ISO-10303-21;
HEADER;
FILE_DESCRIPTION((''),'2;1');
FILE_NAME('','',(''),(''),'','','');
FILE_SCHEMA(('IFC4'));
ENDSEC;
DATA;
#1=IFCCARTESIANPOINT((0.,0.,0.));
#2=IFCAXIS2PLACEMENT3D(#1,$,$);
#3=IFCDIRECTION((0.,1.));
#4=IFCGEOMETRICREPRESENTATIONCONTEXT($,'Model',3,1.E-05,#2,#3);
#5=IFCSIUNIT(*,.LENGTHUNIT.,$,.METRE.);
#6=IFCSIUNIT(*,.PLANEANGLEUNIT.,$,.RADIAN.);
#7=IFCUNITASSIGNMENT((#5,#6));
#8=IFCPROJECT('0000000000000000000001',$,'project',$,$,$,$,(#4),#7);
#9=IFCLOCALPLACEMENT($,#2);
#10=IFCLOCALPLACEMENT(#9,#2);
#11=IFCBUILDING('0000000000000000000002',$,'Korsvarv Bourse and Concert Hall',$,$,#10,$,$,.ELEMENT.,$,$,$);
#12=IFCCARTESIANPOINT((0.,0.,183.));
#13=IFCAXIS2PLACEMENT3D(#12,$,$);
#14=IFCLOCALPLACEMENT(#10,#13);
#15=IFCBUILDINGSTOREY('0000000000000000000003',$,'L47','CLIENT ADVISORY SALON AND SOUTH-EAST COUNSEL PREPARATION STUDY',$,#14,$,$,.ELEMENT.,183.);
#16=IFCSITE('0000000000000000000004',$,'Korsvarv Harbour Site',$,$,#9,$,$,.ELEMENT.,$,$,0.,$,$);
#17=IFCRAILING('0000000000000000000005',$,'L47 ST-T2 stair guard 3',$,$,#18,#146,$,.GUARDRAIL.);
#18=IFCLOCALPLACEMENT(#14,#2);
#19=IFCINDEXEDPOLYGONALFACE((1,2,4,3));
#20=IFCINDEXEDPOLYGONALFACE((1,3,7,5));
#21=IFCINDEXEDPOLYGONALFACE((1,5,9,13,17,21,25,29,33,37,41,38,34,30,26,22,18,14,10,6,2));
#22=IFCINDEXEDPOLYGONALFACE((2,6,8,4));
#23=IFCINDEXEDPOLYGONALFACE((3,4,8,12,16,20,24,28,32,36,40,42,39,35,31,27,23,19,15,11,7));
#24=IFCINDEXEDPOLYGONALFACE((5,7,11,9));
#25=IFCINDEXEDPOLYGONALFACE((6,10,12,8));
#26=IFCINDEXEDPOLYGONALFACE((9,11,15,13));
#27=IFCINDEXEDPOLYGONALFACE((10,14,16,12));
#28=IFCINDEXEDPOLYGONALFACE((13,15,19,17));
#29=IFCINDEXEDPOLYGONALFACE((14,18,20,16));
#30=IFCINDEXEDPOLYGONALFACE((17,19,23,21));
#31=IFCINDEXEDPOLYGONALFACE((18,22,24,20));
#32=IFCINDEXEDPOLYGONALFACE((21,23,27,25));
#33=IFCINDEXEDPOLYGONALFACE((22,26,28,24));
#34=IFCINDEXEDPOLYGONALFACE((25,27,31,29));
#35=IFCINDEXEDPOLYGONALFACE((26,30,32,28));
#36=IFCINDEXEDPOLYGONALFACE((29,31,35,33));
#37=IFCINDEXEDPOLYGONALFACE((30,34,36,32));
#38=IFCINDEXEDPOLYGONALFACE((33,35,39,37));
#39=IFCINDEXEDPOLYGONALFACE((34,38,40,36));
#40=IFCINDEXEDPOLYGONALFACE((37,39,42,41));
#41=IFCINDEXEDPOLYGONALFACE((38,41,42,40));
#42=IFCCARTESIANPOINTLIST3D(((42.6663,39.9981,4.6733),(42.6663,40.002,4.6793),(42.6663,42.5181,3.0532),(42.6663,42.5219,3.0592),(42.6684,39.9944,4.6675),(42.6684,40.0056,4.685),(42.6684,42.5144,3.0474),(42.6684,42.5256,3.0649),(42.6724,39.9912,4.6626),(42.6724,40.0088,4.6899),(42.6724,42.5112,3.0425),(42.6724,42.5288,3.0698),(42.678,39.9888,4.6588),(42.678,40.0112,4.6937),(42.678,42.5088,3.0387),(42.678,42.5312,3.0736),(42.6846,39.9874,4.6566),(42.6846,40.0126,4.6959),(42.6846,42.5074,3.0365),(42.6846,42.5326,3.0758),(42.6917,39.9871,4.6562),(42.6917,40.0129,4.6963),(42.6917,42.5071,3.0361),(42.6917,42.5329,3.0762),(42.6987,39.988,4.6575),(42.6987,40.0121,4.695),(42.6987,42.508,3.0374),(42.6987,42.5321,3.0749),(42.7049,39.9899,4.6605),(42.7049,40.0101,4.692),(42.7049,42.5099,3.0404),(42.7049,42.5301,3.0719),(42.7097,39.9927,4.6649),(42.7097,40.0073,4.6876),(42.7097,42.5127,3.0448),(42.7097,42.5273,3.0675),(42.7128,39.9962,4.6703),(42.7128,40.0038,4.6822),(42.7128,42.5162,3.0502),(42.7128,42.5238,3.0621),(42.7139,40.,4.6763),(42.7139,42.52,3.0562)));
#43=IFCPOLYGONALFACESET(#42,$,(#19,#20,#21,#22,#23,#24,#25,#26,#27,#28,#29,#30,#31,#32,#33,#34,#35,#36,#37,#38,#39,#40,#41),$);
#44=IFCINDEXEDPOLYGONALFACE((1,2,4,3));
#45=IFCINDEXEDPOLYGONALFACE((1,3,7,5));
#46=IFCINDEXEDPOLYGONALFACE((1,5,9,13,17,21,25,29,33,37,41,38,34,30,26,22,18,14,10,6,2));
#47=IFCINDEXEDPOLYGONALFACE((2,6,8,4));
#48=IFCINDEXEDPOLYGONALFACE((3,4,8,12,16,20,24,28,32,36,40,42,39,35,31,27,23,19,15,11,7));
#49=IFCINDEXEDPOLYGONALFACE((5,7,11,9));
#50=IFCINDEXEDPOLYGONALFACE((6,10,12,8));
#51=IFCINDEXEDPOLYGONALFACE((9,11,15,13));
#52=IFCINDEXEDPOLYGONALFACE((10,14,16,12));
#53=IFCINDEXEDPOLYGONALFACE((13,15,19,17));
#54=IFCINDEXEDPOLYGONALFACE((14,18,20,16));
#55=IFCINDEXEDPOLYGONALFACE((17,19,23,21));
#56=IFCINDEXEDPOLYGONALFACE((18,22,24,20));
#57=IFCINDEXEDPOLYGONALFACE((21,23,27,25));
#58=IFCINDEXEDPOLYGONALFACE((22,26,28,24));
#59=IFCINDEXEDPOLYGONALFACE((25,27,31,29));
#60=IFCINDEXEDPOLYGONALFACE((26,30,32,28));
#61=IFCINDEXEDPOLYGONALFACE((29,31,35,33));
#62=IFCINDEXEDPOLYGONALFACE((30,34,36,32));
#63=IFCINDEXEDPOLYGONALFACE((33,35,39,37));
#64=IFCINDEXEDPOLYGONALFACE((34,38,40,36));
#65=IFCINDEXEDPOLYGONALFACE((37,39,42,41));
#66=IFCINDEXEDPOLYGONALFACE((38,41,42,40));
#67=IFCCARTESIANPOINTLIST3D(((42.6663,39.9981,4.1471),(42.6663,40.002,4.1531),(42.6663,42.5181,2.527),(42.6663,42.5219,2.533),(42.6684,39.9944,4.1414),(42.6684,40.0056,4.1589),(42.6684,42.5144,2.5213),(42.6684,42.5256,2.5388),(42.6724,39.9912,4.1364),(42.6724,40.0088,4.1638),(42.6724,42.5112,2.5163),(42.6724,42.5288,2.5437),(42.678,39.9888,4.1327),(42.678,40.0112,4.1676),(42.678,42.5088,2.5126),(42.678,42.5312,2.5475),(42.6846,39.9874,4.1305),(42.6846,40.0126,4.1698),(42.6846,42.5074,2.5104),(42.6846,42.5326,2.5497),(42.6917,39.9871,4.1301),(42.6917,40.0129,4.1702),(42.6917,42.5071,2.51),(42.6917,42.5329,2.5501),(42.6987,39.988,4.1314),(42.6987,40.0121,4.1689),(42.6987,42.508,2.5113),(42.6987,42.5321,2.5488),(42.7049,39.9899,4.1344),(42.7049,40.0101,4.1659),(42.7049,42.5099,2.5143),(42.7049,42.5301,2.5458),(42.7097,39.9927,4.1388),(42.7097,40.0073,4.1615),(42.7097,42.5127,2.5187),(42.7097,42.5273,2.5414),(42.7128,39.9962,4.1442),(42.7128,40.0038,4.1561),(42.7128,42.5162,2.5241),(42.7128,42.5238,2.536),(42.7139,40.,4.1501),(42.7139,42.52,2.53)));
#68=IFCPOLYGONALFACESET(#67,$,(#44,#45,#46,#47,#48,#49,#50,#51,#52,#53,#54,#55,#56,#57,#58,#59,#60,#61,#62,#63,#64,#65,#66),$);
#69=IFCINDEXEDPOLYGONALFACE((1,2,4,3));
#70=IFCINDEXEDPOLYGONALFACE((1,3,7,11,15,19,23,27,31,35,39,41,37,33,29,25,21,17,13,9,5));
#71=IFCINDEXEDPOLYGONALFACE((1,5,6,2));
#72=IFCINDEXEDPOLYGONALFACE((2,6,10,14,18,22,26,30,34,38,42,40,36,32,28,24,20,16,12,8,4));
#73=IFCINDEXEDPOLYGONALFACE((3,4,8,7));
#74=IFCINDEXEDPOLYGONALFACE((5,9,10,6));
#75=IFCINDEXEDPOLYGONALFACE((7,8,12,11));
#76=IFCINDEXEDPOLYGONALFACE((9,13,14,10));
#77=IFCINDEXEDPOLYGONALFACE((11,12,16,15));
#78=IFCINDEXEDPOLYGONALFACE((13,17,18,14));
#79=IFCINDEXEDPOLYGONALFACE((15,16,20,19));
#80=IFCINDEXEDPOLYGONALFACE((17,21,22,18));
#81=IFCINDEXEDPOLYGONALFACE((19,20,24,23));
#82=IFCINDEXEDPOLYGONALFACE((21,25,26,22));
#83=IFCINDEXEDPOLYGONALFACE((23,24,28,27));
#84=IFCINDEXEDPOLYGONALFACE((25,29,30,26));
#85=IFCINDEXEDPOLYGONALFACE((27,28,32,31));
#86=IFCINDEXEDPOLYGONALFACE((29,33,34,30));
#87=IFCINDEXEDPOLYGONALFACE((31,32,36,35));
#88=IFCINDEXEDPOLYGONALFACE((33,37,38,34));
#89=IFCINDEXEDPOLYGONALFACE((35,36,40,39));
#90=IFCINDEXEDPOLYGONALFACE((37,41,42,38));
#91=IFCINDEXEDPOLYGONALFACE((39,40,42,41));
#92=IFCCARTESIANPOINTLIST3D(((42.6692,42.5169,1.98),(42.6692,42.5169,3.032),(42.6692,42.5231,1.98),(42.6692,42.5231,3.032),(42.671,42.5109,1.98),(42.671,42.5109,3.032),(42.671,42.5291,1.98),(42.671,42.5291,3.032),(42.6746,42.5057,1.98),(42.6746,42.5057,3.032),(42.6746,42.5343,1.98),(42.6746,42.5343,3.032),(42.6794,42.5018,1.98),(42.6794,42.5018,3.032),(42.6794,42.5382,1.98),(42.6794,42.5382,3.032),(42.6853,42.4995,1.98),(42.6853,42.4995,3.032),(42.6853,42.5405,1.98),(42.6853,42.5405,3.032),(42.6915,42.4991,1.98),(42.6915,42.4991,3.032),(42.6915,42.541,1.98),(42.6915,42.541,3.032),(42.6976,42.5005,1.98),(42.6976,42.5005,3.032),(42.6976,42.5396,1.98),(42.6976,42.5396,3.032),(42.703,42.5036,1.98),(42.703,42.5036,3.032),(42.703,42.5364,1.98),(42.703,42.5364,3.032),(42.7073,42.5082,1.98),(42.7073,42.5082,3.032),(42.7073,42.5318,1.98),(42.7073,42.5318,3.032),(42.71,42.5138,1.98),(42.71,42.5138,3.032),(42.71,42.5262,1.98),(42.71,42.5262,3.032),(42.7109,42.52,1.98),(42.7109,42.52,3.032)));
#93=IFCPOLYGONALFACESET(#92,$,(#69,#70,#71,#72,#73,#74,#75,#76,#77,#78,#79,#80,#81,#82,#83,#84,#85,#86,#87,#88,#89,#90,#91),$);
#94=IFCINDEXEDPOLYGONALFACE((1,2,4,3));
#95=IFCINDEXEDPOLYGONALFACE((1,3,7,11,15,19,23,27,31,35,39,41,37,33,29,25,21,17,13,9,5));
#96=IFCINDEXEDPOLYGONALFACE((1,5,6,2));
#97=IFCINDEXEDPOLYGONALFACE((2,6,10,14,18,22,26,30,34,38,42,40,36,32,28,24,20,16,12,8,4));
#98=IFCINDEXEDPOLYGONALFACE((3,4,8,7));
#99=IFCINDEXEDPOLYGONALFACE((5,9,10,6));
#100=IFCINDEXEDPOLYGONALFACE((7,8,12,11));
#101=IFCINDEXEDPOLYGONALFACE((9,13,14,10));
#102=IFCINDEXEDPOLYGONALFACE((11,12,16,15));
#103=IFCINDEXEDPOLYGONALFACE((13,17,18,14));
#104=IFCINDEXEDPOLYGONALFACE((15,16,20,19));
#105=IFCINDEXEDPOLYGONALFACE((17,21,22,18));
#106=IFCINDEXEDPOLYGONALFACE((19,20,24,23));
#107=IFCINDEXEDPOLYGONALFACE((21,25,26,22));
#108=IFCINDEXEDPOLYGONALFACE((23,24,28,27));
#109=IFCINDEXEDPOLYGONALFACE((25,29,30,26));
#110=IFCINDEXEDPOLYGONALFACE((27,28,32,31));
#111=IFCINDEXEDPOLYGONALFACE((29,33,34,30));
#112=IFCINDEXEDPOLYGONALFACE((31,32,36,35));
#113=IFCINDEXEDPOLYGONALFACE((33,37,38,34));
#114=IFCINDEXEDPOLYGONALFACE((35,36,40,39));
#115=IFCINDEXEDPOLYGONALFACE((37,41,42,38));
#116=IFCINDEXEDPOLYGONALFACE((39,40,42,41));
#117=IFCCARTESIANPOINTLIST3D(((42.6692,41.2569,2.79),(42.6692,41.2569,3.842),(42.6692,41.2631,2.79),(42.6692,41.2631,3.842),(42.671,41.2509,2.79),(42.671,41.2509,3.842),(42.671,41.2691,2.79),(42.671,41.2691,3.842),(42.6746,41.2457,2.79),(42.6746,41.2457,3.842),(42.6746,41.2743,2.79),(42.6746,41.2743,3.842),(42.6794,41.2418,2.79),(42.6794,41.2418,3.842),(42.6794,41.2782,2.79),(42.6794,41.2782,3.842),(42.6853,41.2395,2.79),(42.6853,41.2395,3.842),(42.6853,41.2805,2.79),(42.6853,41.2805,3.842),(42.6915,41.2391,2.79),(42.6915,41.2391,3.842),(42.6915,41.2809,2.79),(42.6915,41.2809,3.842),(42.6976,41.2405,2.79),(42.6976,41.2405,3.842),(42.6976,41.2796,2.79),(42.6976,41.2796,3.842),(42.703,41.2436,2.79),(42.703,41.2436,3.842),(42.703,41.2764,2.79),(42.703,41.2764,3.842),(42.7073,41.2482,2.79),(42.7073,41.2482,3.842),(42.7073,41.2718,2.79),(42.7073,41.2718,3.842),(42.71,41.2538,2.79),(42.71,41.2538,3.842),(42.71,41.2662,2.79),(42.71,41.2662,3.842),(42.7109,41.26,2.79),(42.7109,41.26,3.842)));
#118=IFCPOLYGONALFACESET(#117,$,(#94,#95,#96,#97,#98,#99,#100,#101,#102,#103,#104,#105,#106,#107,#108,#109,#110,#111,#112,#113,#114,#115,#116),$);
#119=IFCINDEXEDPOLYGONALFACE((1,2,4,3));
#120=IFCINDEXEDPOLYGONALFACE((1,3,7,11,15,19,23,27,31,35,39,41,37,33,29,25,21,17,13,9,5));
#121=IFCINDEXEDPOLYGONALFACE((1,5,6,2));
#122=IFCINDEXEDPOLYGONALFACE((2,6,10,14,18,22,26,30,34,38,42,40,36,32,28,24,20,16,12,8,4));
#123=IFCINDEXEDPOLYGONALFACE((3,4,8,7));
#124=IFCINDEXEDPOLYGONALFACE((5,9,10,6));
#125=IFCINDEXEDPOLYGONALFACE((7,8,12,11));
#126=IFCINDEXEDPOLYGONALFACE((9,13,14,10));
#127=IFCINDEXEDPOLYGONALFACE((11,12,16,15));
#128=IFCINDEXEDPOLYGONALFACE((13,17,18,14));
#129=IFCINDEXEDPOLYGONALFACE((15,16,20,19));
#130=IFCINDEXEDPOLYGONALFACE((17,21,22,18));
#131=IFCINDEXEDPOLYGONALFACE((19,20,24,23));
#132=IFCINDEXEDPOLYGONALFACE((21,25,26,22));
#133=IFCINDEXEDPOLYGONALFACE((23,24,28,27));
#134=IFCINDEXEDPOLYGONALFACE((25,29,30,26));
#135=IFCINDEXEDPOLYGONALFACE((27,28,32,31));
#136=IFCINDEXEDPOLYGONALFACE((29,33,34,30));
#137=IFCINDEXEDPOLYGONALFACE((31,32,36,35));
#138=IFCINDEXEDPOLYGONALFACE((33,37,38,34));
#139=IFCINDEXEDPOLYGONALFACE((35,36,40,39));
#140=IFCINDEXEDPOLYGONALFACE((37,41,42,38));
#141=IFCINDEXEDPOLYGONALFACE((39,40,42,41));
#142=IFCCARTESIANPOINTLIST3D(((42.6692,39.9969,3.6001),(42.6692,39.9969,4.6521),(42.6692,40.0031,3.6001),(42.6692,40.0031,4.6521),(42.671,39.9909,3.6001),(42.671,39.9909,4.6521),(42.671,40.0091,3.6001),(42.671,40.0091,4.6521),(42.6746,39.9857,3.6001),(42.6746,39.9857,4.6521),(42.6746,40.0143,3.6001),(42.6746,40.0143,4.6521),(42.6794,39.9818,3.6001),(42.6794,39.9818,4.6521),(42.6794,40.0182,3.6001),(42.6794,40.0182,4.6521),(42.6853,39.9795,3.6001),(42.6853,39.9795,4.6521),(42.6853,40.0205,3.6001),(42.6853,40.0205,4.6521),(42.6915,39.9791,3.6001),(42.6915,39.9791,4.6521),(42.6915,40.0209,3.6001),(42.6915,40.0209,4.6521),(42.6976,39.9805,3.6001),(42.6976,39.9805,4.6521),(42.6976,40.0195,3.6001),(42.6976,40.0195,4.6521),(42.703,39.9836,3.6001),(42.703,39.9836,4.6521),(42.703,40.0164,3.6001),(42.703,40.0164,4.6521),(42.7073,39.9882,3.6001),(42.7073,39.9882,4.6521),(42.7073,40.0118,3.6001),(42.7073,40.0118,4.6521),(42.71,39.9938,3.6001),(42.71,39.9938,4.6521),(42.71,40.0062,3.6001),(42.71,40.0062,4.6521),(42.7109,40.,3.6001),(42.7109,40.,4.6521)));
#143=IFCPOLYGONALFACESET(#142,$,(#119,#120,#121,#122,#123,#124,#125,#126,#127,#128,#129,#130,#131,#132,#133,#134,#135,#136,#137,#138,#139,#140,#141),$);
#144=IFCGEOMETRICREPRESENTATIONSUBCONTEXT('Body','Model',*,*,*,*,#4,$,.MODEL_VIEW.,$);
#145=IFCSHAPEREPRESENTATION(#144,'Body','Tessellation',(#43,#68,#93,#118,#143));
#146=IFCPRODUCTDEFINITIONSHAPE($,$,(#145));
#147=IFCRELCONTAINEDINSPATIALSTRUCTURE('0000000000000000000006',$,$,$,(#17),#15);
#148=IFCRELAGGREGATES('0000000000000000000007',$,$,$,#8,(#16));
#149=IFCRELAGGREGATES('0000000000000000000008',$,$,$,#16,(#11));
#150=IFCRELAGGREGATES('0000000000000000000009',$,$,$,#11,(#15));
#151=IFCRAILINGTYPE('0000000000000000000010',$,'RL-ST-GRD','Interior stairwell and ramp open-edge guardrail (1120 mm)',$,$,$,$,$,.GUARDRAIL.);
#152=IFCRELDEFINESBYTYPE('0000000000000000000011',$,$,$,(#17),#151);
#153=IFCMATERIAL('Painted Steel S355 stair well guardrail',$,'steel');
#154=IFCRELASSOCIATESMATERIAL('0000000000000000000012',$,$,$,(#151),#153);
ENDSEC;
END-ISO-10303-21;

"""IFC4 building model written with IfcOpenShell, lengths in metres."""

from ifc_helpers import new_model, si_unit, direction, frame, origin, origin_2d, place, context, subcontext, project, spatial, circle, extrude, material, type_object, element, save


model = new_model("IFC4")

# Units and contexts
model_context = context("Model", 3, precision=1e-05, world=origin(), true_north=direction((0.0, 1.0)))
body_context = subcontext(model_context, "Body", "Model", "MODEL_VIEW")
ifc_project = project(units=[si_unit("LENGTHUNIT", "METRE"), si_unit("PLANEANGLEUNIT", "RADIAN")], contexts=[model_context])

# Site, building, storey
site_placement = place(None, origin())
site = spatial("IfcSite", under=ifc_project, at=site_placement, Name="Korsvarv Harbour Site", CompositionType="ELEMENT", RefElevation=0.0)
building_placement = place(site_placement, origin())
building = spatial("IfcBuilding", under=site, at=building_placement, Name="Korsvarv Bourse and Concert Hall", CompositionType="ELEMENT")
storey_placement = place(building_placement, frame((0.0, 0.0, 183.0)))
storey = spatial("IfcBuildingStorey", under=building, at=storey_placement, Name="L47", Description="CLIENT ADVISORY SALON AND SOUTH-EAST COUNSEL PREPARATION STUDY", CompositionType="ELEMENT", Elevation=183.0)

# Railing
ifc_material_1 = material(Name="Painted Steel S355 stair well guardrail", Category="steel")
railing_type_1 = type_object("IfcRailingType", Name="RL-ST-GRD", Description="Interior stairwell and ramp open-edge guardrail (1120 mm)", PredefinedType="GUARDRAIL", material=ifc_material_1)
railing_1_placement = place(storey_placement, frame((42.6899, 42.52, 1.98)))
element("IfcRailing", 1, at=railing_1_placement, inside=storey, type_object=railing_type_1, Name="L47 ST-T2 stair guard 3", PredefinedType="GUARDRAIL", context=body_context, shape_type="SweptSolid", body=[
    extrude(circle(Radius=0.0239, at=origin_2d()), frame((0.0, 0.0, 1.0762), z_axis=(0.0, -0.841163, 0.540782), x_axis=(1.0, 0.0, 0.0)), (0.0, 0.0, 1.0), 2.9958),
    extrude(circle(Radius=0.0239, at=origin_2d()), frame((0.0, 0.0, 0.55), z_axis=(0.0, -0.841163, 0.540782), x_axis=(1.0, 0.0, 0.0)), (0.0, 0.0, 1.0), 2.9958),
    extrude(circle(Radius=0.021, at=origin_2d()), origin(), (0.0, 0.0, 1.0), 1.052),
    extrude(circle(Radius=0.021, at=origin_2d()), frame((0.0, -1.26, 0.8101)), (0.0, 0.0, 1.0), 1.052),
    extrude(circle(Radius=0.021, at=origin_2d()), frame((0.0, -2.52, 1.6201)), (0.0, 0.0, 1.0), 1.052),
])

save(model, "model.ifc")
